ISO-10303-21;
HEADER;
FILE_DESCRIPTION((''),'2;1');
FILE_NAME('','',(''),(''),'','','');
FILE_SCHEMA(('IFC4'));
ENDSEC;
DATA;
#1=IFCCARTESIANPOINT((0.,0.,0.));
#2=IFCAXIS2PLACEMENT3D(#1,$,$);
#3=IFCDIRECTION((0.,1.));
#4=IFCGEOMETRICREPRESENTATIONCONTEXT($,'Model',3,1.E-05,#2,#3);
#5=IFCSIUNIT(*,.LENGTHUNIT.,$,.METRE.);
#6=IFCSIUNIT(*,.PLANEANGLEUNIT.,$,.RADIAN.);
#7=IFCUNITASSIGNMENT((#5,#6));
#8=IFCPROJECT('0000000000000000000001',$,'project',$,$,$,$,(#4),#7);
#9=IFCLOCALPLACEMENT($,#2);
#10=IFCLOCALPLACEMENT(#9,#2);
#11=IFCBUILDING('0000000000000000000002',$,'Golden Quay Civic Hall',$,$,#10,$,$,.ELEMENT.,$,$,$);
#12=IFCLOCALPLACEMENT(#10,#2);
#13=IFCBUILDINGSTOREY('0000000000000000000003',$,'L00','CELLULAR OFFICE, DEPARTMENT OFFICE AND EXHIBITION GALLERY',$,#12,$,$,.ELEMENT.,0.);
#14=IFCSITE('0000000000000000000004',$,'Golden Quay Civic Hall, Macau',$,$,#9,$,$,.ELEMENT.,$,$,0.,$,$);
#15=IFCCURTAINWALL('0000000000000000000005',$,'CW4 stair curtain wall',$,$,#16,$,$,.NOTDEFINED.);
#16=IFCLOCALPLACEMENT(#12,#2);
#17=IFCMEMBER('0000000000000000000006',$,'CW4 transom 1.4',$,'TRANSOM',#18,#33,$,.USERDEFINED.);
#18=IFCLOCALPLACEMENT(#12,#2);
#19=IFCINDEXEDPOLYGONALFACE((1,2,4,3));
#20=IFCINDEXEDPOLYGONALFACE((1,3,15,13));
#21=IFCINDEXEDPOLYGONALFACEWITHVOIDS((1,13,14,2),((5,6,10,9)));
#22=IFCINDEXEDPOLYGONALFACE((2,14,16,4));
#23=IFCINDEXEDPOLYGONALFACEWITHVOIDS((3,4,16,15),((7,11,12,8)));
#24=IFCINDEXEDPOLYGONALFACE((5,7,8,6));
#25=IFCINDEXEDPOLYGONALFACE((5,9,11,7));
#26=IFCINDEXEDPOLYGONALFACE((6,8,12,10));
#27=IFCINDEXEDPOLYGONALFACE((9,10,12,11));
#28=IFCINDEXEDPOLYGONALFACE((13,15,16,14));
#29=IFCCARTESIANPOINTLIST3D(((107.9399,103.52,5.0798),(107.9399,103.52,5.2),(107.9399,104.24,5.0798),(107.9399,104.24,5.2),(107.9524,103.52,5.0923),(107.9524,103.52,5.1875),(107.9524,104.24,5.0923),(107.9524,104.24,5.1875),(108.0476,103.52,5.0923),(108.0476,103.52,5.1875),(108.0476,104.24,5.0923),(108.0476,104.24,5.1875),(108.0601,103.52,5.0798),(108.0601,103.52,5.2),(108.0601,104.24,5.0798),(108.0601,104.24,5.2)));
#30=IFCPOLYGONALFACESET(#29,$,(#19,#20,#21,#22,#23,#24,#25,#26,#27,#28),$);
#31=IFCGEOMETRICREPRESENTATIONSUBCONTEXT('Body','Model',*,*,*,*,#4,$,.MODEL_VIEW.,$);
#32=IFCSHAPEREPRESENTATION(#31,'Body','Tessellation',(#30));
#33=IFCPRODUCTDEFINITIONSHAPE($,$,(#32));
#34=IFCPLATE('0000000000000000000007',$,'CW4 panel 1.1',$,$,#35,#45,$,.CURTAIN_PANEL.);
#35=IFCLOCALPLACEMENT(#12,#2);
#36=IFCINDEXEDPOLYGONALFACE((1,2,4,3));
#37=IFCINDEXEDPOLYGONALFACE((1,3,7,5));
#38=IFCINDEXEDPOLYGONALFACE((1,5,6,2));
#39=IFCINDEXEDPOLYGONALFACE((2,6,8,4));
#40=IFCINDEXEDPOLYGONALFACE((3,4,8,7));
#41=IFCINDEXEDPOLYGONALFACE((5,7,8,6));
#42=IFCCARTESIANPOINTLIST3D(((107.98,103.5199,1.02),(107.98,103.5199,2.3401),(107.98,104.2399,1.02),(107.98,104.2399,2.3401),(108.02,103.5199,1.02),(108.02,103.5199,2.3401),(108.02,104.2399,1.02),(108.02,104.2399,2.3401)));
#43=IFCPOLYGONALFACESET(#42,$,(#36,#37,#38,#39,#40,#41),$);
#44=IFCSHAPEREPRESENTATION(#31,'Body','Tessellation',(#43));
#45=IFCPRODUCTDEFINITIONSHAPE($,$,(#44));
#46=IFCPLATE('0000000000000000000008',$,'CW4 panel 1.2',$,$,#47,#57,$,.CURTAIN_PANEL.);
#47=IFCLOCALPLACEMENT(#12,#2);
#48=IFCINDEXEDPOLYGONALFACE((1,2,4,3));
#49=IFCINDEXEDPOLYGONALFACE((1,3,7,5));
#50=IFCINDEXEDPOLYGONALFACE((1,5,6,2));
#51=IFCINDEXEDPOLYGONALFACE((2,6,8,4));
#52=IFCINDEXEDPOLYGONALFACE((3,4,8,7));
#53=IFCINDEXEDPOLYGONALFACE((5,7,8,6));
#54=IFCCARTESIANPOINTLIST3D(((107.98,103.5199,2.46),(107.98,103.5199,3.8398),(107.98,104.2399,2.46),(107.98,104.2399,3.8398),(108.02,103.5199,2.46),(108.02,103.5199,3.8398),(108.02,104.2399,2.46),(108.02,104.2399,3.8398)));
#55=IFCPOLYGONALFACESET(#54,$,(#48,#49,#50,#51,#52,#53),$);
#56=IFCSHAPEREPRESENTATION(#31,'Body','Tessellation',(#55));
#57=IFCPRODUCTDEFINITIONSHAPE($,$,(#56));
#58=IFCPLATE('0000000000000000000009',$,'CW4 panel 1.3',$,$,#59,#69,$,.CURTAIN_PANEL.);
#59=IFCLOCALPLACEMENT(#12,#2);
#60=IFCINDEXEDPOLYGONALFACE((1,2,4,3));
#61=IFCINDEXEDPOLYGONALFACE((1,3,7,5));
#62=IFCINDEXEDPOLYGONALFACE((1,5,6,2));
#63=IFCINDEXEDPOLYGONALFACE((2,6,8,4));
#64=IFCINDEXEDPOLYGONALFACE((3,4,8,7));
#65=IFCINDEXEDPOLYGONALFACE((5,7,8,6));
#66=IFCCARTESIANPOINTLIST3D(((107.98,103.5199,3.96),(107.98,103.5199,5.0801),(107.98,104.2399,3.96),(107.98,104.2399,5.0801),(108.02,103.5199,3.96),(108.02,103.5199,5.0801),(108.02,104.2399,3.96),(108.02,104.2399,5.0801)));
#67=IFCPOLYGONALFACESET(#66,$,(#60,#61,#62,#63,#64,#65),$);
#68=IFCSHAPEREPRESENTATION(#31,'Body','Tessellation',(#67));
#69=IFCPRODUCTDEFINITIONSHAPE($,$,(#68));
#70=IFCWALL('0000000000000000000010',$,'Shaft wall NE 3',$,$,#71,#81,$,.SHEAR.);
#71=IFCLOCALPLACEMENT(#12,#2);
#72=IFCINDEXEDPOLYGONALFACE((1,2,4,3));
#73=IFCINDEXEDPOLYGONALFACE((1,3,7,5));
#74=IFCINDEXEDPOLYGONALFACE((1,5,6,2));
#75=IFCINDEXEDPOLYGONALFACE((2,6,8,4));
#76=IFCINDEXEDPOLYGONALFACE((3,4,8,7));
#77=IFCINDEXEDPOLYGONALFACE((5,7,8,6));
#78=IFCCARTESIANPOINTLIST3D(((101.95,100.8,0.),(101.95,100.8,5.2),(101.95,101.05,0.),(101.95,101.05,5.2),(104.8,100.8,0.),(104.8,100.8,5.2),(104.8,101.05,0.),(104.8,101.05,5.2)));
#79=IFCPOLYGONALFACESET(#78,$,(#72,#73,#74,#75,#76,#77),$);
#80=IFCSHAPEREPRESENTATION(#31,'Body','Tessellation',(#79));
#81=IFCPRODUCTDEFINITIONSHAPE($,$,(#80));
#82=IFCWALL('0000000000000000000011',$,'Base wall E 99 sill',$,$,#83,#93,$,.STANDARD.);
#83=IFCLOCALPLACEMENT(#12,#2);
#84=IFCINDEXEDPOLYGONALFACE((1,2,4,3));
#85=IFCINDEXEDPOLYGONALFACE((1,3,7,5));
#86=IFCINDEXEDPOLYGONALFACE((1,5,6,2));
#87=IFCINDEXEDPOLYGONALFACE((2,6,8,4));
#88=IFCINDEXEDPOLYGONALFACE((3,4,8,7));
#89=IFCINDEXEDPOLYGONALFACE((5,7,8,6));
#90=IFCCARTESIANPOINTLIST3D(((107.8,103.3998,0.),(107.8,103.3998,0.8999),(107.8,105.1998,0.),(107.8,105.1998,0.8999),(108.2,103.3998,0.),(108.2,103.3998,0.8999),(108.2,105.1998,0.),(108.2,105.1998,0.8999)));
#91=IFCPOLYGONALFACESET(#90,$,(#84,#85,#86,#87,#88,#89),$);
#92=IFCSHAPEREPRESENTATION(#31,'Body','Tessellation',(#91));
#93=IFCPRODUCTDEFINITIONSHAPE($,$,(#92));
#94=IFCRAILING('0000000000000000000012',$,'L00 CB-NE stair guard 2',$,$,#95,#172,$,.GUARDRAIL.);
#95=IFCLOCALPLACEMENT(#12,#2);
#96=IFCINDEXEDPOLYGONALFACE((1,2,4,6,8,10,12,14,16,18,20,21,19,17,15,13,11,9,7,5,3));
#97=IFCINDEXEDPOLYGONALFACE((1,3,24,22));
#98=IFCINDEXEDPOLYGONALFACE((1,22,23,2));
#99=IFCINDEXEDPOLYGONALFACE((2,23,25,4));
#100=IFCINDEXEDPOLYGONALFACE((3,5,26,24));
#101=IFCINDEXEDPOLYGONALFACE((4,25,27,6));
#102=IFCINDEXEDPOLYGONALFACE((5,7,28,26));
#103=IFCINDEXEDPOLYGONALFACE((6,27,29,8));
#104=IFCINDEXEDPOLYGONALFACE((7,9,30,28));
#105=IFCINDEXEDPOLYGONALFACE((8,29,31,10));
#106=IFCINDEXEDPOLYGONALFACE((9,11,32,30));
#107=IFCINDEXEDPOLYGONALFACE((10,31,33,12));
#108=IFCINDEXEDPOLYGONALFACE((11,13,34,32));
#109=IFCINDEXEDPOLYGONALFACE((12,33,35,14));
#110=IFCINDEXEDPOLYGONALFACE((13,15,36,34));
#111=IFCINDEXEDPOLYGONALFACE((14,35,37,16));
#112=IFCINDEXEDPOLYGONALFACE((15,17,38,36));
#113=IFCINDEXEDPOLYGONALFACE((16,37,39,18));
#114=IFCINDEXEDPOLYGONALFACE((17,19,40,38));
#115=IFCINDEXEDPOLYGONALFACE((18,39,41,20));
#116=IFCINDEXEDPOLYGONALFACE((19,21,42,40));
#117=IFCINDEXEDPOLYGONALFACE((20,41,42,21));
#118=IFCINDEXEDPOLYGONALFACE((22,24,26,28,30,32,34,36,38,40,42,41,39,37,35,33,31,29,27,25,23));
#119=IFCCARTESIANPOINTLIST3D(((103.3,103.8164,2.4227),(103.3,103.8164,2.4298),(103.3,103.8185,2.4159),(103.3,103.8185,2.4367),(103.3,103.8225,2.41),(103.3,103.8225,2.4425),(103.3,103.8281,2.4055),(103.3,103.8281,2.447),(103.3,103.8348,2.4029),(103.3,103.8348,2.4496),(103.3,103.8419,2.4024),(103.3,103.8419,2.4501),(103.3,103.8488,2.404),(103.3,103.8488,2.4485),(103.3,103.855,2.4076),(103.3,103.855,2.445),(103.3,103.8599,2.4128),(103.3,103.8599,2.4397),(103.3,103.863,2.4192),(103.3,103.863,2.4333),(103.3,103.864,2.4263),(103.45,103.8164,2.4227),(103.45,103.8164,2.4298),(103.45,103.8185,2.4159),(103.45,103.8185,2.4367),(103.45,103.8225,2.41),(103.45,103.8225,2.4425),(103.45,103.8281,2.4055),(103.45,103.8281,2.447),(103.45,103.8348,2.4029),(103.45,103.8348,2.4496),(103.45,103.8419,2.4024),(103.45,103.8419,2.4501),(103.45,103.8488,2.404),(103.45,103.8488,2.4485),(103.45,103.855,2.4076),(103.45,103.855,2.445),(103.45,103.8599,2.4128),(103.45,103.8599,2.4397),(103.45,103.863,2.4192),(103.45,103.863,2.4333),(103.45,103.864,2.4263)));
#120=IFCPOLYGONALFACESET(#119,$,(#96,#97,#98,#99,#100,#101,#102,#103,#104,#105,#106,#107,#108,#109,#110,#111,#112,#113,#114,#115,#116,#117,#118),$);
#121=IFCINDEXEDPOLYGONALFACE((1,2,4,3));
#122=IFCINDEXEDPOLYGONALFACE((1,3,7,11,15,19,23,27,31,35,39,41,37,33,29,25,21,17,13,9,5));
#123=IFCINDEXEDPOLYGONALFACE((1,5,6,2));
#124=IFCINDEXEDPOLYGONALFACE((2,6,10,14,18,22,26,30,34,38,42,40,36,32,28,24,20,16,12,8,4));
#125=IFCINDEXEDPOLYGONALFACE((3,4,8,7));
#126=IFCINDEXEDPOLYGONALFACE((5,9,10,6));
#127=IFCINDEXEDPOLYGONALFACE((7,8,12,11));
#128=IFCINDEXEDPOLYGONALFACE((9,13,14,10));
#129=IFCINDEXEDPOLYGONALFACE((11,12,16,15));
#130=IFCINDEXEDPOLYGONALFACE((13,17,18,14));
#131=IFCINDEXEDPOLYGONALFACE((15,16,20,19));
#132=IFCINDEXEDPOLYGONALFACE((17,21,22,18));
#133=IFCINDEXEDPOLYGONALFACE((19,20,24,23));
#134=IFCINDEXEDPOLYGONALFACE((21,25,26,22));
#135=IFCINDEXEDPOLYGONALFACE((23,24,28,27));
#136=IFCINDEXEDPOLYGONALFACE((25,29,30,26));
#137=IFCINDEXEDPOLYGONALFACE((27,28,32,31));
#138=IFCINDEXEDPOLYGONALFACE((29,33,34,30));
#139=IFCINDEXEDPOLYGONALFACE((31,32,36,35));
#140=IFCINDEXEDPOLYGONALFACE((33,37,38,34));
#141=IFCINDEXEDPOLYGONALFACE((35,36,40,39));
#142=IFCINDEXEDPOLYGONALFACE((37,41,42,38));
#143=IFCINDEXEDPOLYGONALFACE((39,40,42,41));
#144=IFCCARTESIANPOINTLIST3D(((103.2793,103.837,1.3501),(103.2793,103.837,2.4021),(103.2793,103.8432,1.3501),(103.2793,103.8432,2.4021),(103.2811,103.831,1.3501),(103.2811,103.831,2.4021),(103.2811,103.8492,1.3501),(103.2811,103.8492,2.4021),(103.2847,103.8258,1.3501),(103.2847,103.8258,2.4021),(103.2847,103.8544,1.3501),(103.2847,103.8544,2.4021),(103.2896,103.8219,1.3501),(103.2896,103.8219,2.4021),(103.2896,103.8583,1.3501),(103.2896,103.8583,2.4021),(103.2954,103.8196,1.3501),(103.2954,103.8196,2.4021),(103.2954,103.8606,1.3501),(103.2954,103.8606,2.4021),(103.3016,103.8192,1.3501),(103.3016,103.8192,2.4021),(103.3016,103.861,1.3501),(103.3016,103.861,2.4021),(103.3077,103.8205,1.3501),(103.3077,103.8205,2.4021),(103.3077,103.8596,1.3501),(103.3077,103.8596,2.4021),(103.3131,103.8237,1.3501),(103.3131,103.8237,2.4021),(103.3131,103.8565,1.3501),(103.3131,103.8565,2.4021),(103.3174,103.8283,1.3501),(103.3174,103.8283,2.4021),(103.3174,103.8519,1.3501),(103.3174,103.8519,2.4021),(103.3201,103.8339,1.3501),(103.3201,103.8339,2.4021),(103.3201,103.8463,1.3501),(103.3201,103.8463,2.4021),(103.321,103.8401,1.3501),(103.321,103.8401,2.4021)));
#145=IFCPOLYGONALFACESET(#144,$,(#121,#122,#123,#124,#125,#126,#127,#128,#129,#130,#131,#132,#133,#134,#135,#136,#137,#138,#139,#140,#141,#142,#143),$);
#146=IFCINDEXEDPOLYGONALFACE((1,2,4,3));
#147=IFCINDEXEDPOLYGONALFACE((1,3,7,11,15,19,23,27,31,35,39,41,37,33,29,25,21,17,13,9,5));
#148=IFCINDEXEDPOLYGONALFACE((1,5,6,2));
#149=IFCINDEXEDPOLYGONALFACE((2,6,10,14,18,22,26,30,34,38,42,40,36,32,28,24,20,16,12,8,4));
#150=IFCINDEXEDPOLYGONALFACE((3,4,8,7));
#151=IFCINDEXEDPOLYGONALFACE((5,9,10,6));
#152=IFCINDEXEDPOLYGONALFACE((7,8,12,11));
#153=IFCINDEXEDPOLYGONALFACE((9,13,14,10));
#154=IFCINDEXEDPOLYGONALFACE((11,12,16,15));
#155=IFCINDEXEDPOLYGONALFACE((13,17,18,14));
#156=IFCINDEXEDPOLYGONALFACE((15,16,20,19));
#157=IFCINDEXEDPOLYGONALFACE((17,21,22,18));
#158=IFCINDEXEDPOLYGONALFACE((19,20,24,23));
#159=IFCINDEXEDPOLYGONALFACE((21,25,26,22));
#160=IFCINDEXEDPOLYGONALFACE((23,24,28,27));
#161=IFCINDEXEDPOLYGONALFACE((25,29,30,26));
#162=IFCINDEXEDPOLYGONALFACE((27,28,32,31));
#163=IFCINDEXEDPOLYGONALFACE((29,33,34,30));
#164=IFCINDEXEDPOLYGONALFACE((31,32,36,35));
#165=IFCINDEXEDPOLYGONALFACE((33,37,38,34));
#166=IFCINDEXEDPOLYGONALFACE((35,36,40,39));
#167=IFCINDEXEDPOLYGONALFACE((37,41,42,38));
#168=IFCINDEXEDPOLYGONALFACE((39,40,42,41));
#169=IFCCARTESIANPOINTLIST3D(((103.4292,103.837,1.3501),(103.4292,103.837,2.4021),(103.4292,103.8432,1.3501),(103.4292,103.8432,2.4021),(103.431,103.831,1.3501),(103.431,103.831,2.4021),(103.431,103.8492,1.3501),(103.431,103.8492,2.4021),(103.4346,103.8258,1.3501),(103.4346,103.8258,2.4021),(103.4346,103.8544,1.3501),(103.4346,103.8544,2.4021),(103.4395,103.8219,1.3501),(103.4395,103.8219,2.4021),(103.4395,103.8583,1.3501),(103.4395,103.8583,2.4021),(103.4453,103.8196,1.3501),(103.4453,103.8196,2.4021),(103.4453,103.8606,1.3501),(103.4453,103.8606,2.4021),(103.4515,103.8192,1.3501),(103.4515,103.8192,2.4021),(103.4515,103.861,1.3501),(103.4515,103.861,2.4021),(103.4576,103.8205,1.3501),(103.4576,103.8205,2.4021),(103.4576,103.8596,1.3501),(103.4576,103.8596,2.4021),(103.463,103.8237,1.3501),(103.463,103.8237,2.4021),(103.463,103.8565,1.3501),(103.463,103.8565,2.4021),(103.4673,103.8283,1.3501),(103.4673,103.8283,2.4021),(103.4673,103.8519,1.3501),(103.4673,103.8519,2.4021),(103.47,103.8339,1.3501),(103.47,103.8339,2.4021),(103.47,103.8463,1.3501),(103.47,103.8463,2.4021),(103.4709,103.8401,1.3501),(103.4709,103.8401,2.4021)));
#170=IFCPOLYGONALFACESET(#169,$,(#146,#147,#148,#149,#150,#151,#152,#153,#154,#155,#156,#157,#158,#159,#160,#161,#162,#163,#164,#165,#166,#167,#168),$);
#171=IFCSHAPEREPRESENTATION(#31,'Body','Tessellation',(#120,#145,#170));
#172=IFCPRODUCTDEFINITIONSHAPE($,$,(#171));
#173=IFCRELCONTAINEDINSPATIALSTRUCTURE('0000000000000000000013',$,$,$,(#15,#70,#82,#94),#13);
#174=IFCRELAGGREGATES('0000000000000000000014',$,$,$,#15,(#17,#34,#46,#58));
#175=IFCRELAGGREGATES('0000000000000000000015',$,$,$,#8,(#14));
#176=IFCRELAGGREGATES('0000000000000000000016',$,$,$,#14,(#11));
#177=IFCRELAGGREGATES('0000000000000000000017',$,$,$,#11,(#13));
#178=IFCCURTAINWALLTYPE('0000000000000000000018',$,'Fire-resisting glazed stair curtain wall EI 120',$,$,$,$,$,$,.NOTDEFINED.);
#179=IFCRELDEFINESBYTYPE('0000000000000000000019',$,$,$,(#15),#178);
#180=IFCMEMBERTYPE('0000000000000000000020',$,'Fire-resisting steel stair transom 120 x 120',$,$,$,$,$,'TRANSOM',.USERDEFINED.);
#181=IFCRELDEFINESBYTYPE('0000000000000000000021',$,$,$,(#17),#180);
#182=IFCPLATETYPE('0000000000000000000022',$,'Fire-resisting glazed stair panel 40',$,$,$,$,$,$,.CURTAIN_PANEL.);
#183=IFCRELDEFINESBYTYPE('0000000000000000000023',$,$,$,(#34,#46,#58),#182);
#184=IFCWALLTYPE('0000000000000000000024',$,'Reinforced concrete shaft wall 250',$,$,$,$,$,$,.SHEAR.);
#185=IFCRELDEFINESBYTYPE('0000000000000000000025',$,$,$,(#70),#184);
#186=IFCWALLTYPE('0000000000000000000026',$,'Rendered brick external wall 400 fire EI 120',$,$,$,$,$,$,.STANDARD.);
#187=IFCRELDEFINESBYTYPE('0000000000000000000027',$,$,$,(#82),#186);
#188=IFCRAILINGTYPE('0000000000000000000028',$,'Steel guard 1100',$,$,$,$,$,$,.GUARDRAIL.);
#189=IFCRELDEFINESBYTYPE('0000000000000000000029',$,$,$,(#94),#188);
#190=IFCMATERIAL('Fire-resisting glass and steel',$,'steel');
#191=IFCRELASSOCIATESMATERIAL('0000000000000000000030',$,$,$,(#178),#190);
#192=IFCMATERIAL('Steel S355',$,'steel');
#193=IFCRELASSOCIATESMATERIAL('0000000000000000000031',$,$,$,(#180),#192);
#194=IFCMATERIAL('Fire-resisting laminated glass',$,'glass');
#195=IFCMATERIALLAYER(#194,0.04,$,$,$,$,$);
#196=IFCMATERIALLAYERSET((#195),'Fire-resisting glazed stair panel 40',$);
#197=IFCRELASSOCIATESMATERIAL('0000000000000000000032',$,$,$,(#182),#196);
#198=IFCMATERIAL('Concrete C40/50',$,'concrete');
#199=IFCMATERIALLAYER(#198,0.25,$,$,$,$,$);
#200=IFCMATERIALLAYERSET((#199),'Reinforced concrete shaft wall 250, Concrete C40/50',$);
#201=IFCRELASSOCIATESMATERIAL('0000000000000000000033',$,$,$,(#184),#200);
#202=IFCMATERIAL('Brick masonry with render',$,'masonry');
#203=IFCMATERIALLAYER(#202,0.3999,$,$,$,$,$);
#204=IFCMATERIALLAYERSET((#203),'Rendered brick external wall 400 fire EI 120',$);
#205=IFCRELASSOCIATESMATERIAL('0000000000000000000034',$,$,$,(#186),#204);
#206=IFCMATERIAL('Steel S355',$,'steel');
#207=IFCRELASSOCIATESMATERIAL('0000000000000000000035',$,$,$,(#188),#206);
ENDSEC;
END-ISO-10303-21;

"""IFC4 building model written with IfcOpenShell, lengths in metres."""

from ifc_helpers import new_model, si_unit, direction, frame, frame_2d, origin, origin_2d, place, context, subcontext, project, spatial, rectangle, hollow_rectangle, circle, extrude, material, layer, layer_set, material_profile, profile_set, type_object, element, aggregate, save


model = new_model("IFC4")

# Units and contexts
model_context = context("Model", 3, precision=1e-05, world=origin(), true_north=direction((0.0, 1.0)))
body_context = subcontext(model_context, "Body", "Model", "MODEL_VIEW")
ifc_project = project(units=[si_unit("LENGTHUNIT", "METRE"), si_unit("PLANEANGLEUNIT", "RADIAN")], contexts=[model_context])

# Site, building, storey
site_placement = place(None, origin())
site = spatial("IfcSite", under=ifc_project, at=site_placement, Name="Golden Quay Civic Hall, Macau", CompositionType="ELEMENT", RefElevation=0.0)
building_placement = place(site_placement, origin())
building = spatial("IfcBuilding", under=site, at=building_placement, Name="Golden Quay Civic Hall", CompositionType="ELEMENT")
storey_placement = place(building_placement, origin())
storey = spatial("IfcBuildingStorey", under=building, at=storey_placement, Name="L00", Description="CELLULAR OFFICE, DEPARTMENT OFFICE AND EXHIBITION GALLERY", CompositionType="ELEMENT", Elevation=0.0)

# Curtain wall, member, plates
ifc_material_1 = material(Name="Fire-resisting glass and steel", Category="steel")
curtain_wall_type = type_object("IfcCurtainWallType", Name="Fire-resisting glazed stair curtain wall EI 120", PredefinedType="NOTDEFINED", material=ifc_material_1)
curtain_wall_placement = place(storey_placement, origin())
curtain_wall = element("IfcCurtainWall", 1, at=curtain_wall_placement, inside=storey, type_object=curtain_wall_type, Name="CW4 stair curtain wall", PredefinedType="NOTDEFINED")
ifc_material_2 = material(Name="Steel S355", Category="steel")
ifc_material_profile_1 = material_profile(ifc_material_2, hollow_rectangle(XDim=0.1201, YDim=0.1201, WallThickness=0.0125, at=origin_2d()), Name="SHS 120x120x12.5")
ifc_profile_set_1 = profile_set([ifc_material_profile_1], Name="Steel S355")
member_type_1 = type_object("IfcMemberType", Name="Fire-resisting steel stair transom 120 x 120", ElementType="TRANSOM", PredefinedType="USERDEFINED", material=ifc_profile_set_1)
member_1_placement = place(storey_placement, frame((108.0, 103.52, 5.1399), z_axis=(0.0, 1.0, 0.0), x_axis=(-1.0, 0.0, 0.0)))
member_1 = element("IfcMember", 2, at=member_1_placement, type_object=member_type_1, Name="CW4 transom 1.4", ObjectType="TRANSOM", PredefinedType="USERDEFINED", context=body_context, shape_type="SweptSolid", body=[
    extrude(hollow_rectangle(XDim=0.1201, YDim=0.1201, WallThickness=0.0125, at=origin_2d()), origin(), (0.0, 0.0, 1.0), 0.72),
])
ifc_material_3 = material(Name="Fire-resisting laminated glass", Category="glass")
ifc_layer_1 = layer(ifc_material_3, 0.04)
ifc_layer_set_1 = layer_set([ifc_layer_1], Name="Fire-resisting glazed stair panel 40")
plate_type = type_object("IfcPlateType", Name="Fire-resisting glazed stair panel 40", PredefinedType="CURTAIN_PANEL", material=ifc_layer_set_1)
plate_1_placement = place(storey_placement, frame((108.0, 103.8799, 1.02), z_axis=(0.0, 0.0, 1.0), x_axis=(0.0, 1.0, 0.0)))
plate_1 = element("IfcPlate", 3, at=plate_1_placement, type_object=plate_type, Name="CW4 panel 1.1", PredefinedType="CURTAIN_PANEL", context=body_context, shape_type="SweptSolid", body=[
    extrude(rectangle(XDim=0.72, YDim=0.04, at=origin_2d()), origin(), (0.0, 0.0, 1.0), 1.3201),
])
plate_2_placement = place(storey_placement, frame((108.0, 103.8799, 2.46), z_axis=(0.0, 0.0, 1.0), x_axis=(0.0, 1.0, 0.0)))
plate_2 = element("IfcPlate", 4, at=plate_2_placement, type_object=plate_type, Name="CW4 panel 1.2", PredefinedType="CURTAIN_PANEL", context=body_context, shape_type="SweptSolid", body=[
    extrude(rectangle(XDim=0.72, YDim=0.04, at=origin_2d()), origin(), (0.0, 0.0, 1.0), 1.3799),
])
plate_3_placement = place(storey_placement, frame((108.0, 103.8799, 3.96), z_axis=(0.0, 0.0, 1.0), x_axis=(0.0, 1.0, 0.0)))
plate_3 = element("IfcPlate", 5, at=plate_3_placement, type_object=plate_type, Name="CW4 panel 1.3", PredefinedType="CURTAIN_PANEL", context=body_context, shape_type="SweptSolid", body=[
    extrude(rectangle(XDim=0.72, YDim=0.04, at=origin_2d()), origin(), (0.0, 0.0, 1.0), 1.1201),
])
aggregate(curtain_wall, [member_1, plate_1, plate_2, plate_3])

# Walls
ifc_material_4 = material(Name="Concrete C40/50", Category="concrete")
ifc_layer_2 = layer(ifc_material_4, 0.25)
ifc_layer_set_2 = layer_set([ifc_layer_2], Name="Reinforced concrete shaft wall 250, Concrete C40/50")
wall_type_1 = type_object("IfcWallType", Name="Reinforced concrete shaft wall 250", PredefinedType="SHEAR", material=ifc_layer_set_2)
wall_1_placement = place(storey_placement, frame((104.8, 100.925, 0.0), z_axis=(0.0, 0.0, 1.0), x_axis=(-1.0, 0.0, 0.0)))
element("IfcWall", 6, at=wall_1_placement, inside=storey, type_object=wall_type_1, Name="Shaft wall NE 3", PredefinedType="SHEAR", context=body_context, shape_type="SweptSolid", body=[
    extrude(rectangle(XDim=2.8501, YDim=0.25, at=frame_2d((1.425, 0.0))), origin(), (0.0, 0.0, 1.0), 5.2),
])
ifc_material_5 = material(Name="Brick masonry with render", Category="masonry")
ifc_layer_3 = layer(ifc_material_5, 0.3999)
ifc_layer_set_3 = layer_set([ifc_layer_3], Name="Rendered brick external wall 400 fire EI 120")
wall_type_2 = type_object("IfcWallType", Name="Rendered brick external wall 400 fire EI 120", PredefinedType="STANDARD", material=ifc_layer_set_3)
wall_2_placement = place(storey_placement, frame((108.0, 103.3999, 0.0), z_axis=(0.0, 0.0, 1.0), x_axis=(0.0, 1.0, 0.0)))
element("IfcWall", 7, at=wall_2_placement, inside=storey, type_object=wall_type_2, Name="Base wall E 99 sill", PredefinedType="STANDARD", context=body_context, shape_type="SweptSolid", body=[
    extrude(rectangle(XDim=1.8, YDim=0.3999, at=frame_2d((0.8999, 0.0))), origin(), (0.0, 0.0, 1.0), 0.8999),
])

# Railing
ifc_material_6 = material(Name="Steel S355", Category="steel")
railing_type = type_object("IfcRailingType", Name="Steel guard 1100", PredefinedType="GUARDRAIL", material=ifc_material_6)
railing_1_placement = place(storey_placement, frame((103.3, 103.8401, 1.3501)))
element("IfcRailing", 8, at=railing_1_placement, inside=storey, type_object=railing_type, Name="L00 CB-NE stair guard 2", PredefinedType="GUARDRAIL", context=body_context, shape_type="SweptSolid", body=[
    extrude(circle(Radius=0.0239, at=origin_2d()), frame((0.0, 0.0, 1.0762), z_axis=(1.0, 0.0, 0.0), x_axis=(0.0, 1.0, 0.0)), (0.0, 0.0, 1.0), 0.1499),
    extrude(circle(Radius=0.021, at=origin_2d()), origin(), (0.0, 0.0, 1.0), 1.052),
    extrude(circle(Radius=0.021, at=origin_2d()), frame((0.1499, 0.0, 0.0)), (0.0, 0.0, 1.0), 1.052),
])

save(model, "model.ifc")
